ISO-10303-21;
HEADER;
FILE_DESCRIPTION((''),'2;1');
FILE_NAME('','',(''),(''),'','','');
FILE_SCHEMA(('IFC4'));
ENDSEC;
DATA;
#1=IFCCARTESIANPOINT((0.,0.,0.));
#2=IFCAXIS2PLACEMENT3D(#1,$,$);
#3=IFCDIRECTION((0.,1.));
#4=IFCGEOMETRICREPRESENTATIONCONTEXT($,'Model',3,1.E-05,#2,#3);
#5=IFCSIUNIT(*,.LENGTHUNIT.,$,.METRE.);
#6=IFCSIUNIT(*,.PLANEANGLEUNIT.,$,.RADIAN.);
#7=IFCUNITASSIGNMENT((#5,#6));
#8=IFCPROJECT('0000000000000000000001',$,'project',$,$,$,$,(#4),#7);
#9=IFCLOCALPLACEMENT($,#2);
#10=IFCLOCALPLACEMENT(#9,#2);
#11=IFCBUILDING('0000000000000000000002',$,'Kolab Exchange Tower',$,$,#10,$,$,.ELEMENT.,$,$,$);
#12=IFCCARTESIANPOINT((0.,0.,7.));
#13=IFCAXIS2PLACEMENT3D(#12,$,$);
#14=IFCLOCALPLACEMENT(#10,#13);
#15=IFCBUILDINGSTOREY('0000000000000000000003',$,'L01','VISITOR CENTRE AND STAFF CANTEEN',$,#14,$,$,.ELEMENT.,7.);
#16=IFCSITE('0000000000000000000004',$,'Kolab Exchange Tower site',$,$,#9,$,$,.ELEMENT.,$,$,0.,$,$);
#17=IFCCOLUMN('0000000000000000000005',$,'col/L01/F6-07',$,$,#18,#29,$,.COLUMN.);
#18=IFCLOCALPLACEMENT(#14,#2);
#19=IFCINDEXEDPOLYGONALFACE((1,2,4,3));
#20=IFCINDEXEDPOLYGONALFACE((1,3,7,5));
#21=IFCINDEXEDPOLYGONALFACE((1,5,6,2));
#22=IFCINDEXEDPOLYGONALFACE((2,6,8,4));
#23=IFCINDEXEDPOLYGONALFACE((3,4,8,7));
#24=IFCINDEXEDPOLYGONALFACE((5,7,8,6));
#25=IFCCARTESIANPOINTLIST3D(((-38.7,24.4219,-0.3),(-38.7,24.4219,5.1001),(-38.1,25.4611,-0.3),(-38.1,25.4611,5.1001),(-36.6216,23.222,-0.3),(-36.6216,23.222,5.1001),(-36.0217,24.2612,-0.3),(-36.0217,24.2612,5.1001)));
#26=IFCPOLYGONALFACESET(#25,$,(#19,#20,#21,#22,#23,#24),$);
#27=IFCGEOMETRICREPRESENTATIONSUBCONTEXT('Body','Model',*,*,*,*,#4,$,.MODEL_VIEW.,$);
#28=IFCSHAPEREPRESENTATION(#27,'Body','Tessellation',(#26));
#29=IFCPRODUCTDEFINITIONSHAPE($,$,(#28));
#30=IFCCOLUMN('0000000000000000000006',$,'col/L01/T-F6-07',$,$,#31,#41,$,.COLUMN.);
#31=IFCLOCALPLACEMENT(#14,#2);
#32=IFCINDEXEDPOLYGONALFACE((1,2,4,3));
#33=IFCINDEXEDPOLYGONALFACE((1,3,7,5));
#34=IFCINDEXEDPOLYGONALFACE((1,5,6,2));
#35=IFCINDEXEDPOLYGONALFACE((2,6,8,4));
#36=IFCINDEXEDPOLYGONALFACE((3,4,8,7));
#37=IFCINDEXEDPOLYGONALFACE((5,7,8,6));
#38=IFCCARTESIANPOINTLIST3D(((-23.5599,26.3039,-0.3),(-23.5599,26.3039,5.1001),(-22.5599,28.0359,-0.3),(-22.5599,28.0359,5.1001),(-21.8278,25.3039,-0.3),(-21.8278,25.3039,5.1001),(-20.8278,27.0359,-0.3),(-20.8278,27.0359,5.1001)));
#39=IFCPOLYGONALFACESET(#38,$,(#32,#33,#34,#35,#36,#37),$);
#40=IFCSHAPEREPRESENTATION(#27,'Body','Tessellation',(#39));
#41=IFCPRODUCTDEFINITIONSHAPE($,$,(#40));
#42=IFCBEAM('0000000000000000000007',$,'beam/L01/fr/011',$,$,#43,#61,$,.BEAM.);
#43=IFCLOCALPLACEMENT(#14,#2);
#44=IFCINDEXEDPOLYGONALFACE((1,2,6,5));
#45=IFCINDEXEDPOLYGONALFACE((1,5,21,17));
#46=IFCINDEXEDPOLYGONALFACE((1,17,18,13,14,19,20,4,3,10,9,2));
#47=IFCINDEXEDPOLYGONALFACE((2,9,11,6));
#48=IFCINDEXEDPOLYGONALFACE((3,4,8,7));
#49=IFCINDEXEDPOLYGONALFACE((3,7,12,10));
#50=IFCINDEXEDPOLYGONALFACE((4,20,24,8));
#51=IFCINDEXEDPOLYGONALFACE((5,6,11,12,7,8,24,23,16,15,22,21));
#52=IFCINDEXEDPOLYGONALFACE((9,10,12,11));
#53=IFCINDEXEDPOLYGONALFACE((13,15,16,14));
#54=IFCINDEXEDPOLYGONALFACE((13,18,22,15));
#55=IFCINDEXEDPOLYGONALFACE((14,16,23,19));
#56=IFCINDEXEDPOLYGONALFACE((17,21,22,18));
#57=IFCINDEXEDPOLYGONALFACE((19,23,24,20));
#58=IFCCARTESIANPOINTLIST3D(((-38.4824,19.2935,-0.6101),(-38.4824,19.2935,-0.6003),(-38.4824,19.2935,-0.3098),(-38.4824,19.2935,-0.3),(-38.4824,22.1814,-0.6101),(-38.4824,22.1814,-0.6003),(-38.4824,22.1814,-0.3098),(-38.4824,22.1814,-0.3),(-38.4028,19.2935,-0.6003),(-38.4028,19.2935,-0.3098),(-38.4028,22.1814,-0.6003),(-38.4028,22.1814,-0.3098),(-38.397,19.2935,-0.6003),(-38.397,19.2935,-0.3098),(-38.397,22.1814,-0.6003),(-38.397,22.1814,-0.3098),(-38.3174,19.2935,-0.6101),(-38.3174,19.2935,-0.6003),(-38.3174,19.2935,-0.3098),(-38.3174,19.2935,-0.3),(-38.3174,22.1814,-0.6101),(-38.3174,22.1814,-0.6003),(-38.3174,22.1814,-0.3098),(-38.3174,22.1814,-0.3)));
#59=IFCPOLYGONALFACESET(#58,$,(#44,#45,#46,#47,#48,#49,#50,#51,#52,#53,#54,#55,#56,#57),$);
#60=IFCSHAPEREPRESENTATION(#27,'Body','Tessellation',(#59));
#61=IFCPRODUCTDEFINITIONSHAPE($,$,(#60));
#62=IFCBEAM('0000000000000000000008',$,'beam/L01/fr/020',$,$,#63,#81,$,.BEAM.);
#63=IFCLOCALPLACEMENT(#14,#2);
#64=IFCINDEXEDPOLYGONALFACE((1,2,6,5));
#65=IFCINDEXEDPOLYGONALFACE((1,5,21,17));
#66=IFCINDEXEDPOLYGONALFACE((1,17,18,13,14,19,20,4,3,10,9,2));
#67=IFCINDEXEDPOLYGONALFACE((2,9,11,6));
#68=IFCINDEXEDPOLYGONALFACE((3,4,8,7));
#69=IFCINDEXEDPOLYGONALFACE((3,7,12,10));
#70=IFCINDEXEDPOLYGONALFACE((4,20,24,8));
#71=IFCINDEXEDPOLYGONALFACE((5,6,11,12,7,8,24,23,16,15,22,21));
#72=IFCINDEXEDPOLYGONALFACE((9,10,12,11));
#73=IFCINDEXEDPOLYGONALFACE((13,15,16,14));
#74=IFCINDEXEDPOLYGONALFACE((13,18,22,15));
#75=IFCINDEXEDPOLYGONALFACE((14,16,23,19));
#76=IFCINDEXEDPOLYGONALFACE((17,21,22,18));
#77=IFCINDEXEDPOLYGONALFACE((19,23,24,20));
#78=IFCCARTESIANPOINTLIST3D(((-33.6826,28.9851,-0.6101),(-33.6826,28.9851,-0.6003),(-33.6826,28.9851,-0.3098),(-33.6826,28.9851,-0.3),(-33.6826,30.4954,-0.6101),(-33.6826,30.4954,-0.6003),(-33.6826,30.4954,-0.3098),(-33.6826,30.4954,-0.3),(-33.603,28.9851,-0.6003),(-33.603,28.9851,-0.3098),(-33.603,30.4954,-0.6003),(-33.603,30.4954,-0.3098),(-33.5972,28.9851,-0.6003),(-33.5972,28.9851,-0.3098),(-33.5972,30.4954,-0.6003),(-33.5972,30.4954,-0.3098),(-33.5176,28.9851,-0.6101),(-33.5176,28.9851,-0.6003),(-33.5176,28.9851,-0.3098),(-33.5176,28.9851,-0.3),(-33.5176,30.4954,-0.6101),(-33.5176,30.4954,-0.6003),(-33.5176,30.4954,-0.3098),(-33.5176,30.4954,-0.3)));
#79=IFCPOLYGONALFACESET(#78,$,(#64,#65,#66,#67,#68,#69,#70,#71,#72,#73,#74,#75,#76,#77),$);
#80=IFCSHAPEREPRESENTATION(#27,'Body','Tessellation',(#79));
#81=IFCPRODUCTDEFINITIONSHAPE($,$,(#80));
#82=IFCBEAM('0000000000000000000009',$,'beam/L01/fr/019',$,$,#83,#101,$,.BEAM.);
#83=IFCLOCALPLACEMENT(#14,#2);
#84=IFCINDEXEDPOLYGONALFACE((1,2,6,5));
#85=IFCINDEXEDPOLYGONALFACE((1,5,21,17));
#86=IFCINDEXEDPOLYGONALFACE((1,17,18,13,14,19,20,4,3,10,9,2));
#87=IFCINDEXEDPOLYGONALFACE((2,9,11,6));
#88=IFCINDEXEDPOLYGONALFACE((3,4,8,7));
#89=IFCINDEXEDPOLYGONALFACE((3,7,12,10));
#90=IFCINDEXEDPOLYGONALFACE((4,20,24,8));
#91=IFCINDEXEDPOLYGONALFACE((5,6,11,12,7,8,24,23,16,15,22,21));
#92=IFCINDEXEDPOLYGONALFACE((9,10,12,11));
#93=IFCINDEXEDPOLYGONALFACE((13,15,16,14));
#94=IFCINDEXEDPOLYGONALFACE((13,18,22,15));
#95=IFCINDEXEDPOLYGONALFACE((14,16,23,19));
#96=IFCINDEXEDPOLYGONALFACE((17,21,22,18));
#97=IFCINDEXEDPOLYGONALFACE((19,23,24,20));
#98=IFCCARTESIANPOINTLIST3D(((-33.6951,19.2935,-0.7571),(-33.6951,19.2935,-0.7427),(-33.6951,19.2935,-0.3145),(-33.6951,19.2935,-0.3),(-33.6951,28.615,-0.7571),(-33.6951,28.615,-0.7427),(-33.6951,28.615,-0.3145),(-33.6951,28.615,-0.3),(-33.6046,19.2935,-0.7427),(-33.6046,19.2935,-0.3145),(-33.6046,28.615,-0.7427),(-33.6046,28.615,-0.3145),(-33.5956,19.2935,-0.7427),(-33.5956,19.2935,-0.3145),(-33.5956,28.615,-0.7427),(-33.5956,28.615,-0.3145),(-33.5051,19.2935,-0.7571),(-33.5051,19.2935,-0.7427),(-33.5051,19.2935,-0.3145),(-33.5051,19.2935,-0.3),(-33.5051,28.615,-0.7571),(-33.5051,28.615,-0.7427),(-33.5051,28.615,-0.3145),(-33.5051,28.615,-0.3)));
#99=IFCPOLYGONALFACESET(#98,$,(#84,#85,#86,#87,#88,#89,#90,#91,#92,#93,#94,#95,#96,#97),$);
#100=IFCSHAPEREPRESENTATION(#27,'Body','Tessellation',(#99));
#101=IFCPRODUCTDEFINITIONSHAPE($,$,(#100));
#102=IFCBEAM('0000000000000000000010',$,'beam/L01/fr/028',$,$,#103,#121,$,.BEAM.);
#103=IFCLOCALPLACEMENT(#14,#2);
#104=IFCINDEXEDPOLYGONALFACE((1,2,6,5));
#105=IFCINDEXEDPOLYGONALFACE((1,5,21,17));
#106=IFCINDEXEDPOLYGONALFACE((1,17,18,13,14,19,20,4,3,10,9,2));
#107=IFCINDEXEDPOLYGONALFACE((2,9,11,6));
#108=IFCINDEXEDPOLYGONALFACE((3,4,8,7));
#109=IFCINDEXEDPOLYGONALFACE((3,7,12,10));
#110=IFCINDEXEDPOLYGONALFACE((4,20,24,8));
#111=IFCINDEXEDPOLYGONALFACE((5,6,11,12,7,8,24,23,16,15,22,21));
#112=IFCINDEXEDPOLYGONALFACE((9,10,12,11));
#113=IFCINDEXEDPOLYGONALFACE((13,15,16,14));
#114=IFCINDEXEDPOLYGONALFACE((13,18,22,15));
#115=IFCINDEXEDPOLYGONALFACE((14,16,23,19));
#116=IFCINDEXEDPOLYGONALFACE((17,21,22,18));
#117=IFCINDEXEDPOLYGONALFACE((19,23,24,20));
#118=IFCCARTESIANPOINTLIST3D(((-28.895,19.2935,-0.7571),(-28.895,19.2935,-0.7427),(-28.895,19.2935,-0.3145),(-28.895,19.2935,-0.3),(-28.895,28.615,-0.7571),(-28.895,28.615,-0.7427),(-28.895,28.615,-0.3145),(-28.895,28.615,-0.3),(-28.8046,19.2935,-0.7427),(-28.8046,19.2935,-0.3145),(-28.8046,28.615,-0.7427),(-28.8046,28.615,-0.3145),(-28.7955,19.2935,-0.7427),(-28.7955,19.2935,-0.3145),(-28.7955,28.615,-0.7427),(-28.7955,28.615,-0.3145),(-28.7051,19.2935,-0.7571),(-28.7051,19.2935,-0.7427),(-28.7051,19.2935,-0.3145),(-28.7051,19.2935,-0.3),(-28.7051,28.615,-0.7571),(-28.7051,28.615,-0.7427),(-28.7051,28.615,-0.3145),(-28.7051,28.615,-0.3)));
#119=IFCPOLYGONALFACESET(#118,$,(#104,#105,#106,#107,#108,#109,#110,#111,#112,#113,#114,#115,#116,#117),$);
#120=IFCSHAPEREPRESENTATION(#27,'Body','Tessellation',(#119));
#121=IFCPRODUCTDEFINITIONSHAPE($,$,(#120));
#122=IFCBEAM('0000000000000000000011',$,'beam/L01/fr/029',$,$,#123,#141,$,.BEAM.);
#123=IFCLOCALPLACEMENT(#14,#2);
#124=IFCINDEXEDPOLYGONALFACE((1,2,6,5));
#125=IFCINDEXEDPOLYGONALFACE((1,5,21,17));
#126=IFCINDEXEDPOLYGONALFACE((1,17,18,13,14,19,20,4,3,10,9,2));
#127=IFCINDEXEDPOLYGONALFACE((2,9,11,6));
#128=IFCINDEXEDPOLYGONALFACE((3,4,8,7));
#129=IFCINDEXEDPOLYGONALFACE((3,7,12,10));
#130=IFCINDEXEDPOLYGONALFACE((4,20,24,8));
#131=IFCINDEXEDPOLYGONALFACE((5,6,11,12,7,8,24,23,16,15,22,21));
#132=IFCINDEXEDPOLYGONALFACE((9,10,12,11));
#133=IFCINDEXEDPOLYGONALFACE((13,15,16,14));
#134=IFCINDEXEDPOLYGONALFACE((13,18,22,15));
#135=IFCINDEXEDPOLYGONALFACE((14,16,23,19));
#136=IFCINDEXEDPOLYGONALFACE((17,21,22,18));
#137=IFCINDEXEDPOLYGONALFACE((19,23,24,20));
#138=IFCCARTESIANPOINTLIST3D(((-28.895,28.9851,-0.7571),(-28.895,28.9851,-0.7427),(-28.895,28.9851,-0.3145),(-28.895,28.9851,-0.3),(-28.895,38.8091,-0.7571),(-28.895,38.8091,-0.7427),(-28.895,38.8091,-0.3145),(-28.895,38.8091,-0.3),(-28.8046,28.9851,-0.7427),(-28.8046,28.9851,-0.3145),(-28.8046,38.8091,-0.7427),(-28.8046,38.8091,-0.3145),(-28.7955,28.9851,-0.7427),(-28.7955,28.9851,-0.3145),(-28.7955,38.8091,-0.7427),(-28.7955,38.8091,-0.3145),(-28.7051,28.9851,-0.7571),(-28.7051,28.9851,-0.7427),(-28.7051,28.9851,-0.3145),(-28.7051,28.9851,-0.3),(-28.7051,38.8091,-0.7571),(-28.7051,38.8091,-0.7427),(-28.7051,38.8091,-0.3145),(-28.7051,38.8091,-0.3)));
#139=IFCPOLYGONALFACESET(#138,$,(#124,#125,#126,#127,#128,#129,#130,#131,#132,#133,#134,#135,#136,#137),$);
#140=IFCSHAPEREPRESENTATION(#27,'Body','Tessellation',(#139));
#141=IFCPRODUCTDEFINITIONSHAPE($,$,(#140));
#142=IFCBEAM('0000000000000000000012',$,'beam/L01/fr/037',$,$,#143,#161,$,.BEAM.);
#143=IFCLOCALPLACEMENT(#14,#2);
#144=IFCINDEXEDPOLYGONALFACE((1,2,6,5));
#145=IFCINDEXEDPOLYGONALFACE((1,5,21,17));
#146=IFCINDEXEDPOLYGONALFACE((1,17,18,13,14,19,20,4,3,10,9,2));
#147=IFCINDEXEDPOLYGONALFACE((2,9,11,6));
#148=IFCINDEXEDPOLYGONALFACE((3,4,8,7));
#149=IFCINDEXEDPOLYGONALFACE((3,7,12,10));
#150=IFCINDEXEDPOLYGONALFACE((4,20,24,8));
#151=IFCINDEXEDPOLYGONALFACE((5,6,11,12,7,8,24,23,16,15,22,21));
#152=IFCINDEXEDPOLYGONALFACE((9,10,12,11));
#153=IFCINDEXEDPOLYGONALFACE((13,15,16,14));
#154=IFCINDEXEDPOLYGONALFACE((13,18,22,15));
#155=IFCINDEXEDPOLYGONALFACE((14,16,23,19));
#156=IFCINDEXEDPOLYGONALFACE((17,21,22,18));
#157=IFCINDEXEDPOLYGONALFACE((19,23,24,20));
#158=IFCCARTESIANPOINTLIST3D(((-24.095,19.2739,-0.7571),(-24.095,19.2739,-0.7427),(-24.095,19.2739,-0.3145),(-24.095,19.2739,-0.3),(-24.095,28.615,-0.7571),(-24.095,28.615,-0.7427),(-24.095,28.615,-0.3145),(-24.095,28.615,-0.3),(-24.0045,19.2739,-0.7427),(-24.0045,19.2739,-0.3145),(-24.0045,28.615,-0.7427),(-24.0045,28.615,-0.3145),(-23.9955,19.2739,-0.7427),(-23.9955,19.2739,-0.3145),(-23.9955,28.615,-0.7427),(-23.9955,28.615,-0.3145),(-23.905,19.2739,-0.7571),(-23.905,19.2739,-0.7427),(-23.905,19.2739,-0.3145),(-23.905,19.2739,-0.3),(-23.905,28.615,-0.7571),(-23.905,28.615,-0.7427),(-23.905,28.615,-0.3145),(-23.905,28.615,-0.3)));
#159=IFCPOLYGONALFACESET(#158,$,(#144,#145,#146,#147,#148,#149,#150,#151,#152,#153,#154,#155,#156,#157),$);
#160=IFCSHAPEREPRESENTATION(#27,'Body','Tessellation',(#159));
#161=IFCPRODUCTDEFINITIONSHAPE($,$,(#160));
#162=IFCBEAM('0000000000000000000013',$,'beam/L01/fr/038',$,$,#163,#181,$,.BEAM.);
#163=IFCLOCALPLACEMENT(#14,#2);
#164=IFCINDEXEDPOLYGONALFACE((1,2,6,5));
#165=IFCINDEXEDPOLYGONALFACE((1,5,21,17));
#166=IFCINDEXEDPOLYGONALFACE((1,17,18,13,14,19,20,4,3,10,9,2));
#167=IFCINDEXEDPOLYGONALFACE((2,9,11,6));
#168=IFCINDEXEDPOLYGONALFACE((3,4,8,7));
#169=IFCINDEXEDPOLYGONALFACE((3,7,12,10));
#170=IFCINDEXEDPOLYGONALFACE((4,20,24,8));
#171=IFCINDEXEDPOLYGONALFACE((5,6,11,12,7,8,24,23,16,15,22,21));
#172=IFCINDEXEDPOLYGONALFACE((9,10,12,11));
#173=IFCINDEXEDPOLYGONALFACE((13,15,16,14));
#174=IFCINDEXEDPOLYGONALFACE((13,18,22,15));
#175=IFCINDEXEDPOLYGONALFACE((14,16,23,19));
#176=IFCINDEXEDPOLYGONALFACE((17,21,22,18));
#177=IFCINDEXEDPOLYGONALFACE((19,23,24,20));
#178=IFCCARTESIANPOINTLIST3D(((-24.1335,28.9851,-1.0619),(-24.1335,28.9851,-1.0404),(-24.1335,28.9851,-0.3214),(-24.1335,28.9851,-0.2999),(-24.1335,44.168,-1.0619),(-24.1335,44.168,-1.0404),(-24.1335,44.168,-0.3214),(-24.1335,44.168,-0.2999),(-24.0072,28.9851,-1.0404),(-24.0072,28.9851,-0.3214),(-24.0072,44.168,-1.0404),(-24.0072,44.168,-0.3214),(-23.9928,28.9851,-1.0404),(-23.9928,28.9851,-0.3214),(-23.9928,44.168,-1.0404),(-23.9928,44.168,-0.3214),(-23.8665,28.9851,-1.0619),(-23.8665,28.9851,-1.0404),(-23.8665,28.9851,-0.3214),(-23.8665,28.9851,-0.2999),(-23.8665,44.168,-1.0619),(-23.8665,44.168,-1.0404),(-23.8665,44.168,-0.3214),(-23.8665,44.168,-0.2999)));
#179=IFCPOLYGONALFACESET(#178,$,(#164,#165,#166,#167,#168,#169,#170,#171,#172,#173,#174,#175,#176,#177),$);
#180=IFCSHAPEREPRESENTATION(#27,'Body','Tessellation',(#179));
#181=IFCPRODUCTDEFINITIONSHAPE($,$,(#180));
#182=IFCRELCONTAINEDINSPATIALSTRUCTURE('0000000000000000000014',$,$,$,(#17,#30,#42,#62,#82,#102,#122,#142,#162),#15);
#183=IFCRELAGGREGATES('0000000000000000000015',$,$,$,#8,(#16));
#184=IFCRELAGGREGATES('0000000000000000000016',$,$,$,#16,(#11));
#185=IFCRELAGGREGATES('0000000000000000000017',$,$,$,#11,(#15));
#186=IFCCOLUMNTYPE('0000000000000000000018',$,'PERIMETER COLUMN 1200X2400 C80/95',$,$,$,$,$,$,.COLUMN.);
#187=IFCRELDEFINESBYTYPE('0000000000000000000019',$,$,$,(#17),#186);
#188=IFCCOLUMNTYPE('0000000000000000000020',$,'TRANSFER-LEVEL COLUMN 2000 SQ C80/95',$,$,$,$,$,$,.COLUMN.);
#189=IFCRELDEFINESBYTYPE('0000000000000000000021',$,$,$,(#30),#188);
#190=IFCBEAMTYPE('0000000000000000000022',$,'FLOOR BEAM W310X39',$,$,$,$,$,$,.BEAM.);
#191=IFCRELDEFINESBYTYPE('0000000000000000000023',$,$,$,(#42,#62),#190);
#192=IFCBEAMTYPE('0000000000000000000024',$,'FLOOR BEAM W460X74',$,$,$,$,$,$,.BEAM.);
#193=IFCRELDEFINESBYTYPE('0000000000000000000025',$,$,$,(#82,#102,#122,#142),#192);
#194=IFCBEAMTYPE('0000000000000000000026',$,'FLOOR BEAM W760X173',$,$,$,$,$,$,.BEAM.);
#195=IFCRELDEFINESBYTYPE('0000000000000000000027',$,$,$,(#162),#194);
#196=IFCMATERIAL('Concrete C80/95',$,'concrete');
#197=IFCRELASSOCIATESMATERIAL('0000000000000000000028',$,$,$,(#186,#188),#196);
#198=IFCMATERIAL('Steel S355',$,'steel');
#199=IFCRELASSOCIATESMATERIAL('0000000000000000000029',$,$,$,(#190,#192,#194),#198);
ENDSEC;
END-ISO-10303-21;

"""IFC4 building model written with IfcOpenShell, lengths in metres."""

from ifc_helpers import new_model, si_unit, direction, frame, origin, origin_2d, place, context, subcontext, project, spatial, rectangle, i_section, extrude, material, material_profile, profile_set, type_object, element, save


model = new_model("IFC4")

# Units and contexts
model_context = context("Model", 3, precision=1e-05, world=origin(), true_north=direction((0.0, 1.0)))
body_context = subcontext(model_context, "Body", "Model", "MODEL_VIEW")
ifc_project = project(units=[si_unit("LENGTHUNIT", "METRE"), si_unit("PLANEANGLEUNIT", "RADIAN")], contexts=[model_context])

# Site, building, storey
site_placement = place(None, origin())
site = spatial("IfcSite", under=ifc_project, at=site_placement, Name="Kolab Exchange Tower site", CompositionType="ELEMENT", RefElevation=0.0)
building_placement = place(site_placement, origin())
building = spatial("IfcBuilding", under=site, at=building_placement, Name="Kolab Exchange Tower", CompositionType="ELEMENT")
storey_placement = place(building_placement, frame((0.0, 0.0, 7.0)))
storey = spatial("IfcBuildingStorey", under=building, at=storey_placement, Name="L01", Description="VISITOR CENTRE AND STAFF CANTEEN", CompositionType="ELEMENT", Elevation=7.0)

# Columns
ifc_material_1 = material(Name="Concrete C80/95", Category="concrete")
ifc_material_profile_1 = material_profile(ifc_material_1, rectangle(XDim=1.2, YDim=2.3999, at=origin_2d()), Name="RC1200X2400")
ifc_profile_set_1 = profile_set([ifc_material_profile_1], Name="Concrete C80/95")
column_type_1 = type_object("IfcColumnType", Name="PERIMETER COLUMN 1200X2400 C80/95", PredefinedType="COLUMN", material=ifc_profile_set_1)
column_1_placement = place(storey_placement, frame((-37.3608, 24.3416, -0.3), z_axis=(0.0, 0.0, 1.0), x_axis=(0.5, 0.866025, 0.0)))
element("IfcColumn", 1, at=column_1_placement, inside=storey, type_object=column_type_1, Name="col/L01/F6-07", PredefinedType="COLUMN", context=body_context, shape_type="SweptSolid", body=[
    extrude(rectangle(XDim=1.2, YDim=2.3999, at=origin_2d()), origin(), (0.0, 0.0, 1.0), 5.4001),
])
ifc_material_profile_2 = material_profile(ifc_material_1, rectangle(XDim=2.0, YDim=2.0, at=origin_2d()), Name="RC2000")
ifc_profile_set_2 = profile_set([ifc_material_profile_2], Name="Concrete C80/95")
column_type_2 = type_object("IfcColumnType", Name="TRANSFER-LEVEL COLUMN 2000 SQ C80/95", PredefinedType="COLUMN", material=ifc_profile_set_2)
column_2_placement = place(storey_placement, frame((-22.1938, 26.6699, -0.3), z_axis=(0.0, 0.0, 1.0), x_axis=(0.5, 0.866025, 0.0)))
element("IfcColumn", 2, at=column_2_placement, inside=storey, type_object=column_type_2, Name="col/L01/T-F6-07", PredefinedType="COLUMN", context=body_context, shape_type="SweptSolid", body=[
    extrude(rectangle(XDim=2.0, YDim=2.0, at=origin_2d()), origin(), (0.0, 0.0, 1.0), 5.4001),
])

# Beams
ifc_material_2 = material(Name="Steel S355", Category="steel")
ifc_material_profile_3 = material_profile(ifc_material_2, i_section(OverallWidth=0.165, OverallDepth=0.3101, WebThickness=0.0059, FlangeThickness=0.0098, at=origin_2d()), Name="W310X39")
ifc_profile_set_3 = profile_set([ifc_material_profile_3], Name="Steel S355")
beam_type_1 = type_object("IfcBeamType", Name="FLOOR BEAM W310X39", PredefinedType="BEAM", material=ifc_profile_set_3)
beam_1_placement = place(storey_placement, frame((-38.3999, 19.2935, -0.4551), z_axis=(0.0, 1.0, 0.0), x_axis=(-1.0, 0.0, 0.0)))
element("IfcBeam", 3, at=beam_1_placement, inside=storey, type_object=beam_type_1, Name="beam/L01/fr/011", PredefinedType="BEAM", context=body_context, shape_type="SweptSolid", body=[
    extrude(i_section(OverallWidth=0.165, OverallDepth=0.3101, WebThickness=0.0059, FlangeThickness=0.0098, at=origin_2d()), origin(), (0.0, 0.0, 1.0), 2.8879),
])
beam_2_placement = place(storey_placement, frame((-33.6001, 28.9851, -0.4551), z_axis=(0.0, 1.0, 0.0), x_axis=(-1.0, 0.0, 0.0)))
element("IfcBeam", 4, at=beam_2_placement, inside=storey, type_object=beam_type_1, Name="beam/L01/fr/020", PredefinedType="BEAM", context=body_context, shape_type="SweptSolid", body=[
    extrude(i_section(OverallWidth=0.165, OverallDepth=0.3101, WebThickness=0.0059, FlangeThickness=0.0098, at=origin_2d()), origin(), (0.0, 0.0, 1.0), 1.5103),
])
ifc_material_profile_4 = material_profile(ifc_material_2, i_section(OverallWidth=0.1899, OverallDepth=0.457, WebThickness=0.009, FlangeThickness=0.0144, at=origin_2d()), Name="W460X74")
ifc_profile_set_4 = profile_set([ifc_material_profile_4], Name="Steel S355")
beam_type_2 = type_object("IfcBeamType", Name="FLOOR BEAM W460X74", PredefinedType="BEAM", material=ifc_profile_set_4)
for number, where, z_axis, x_axis, name in (
    (5, (-33.6001, 19.2935, -0.5286), (0.0, 1.0, 0.0), (-1.0, 0.0, 0.0), "beam/L01/fr/019"),
    (6, (-28.8, 19.2935, -0.5286), (0.0, 1.0, 0.0), (-1.0, 0.0, 0.0), "beam/L01/fr/028"),
):
    element("IfcBeam", number, at=place(storey_placement, frame(where, z_axis=z_axis, x_axis=x_axis)), inside=storey, type_object=beam_type_2, Name=name, PredefinedType="BEAM", context=body_context, shape_type="SweptSolid", body=[
        extrude(i_section(OverallWidth=0.1899, OverallDepth=0.457, WebThickness=0.009, FlangeThickness=0.0144, at=origin_2d()), origin(), (0.0, 0.0, 1.0), 9.3215),
    ])
beam_3_placement = place(storey_placement, frame((-28.8, 28.9851, -0.5286), z_axis=(0.0, 1.0, 0.0), x_axis=(-1.0, 0.0, 0.0)))
element("IfcBeam", 7, at=beam_3_placement, inside=storey, type_object=beam_type_2, Name="beam/L01/fr/029", PredefinedType="BEAM", context=body_context, shape_type="SweptSolid", body=[
    extrude(i_section(OverallWidth=0.1899, OverallDepth=0.457, WebThickness=0.009, FlangeThickness=0.0144, at=origin_2d()), origin(), (0.0, 0.0, 1.0), 9.824),
])
beam_4_placement = place(storey_placement, frame((-24.0, 19.2739, -0.5286), z_axis=(0.0, 1.0, 0.0), x_axis=(-1.0, 0.0, 0.0)))
element("IfcBeam", 8, at=beam_4_placement, inside=storey, type_object=beam_type_2, Name="beam/L01/fr/037", PredefinedType="BEAM", context=body_context, shape_type="SweptSolid", body=[
    extrude(i_section(OverallWidth=0.1899, OverallDepth=0.457, WebThickness=0.009, FlangeThickness=0.0144, at=origin_2d()), origin(), (0.0, 0.0, 1.0), 9.3411),
])
ifc_material_profile_5 = material_profile(ifc_material_2, i_section(OverallWidth=0.2671, OverallDepth=0.762, WebThickness=0.0144, FlangeThickness=0.0215, at=origin_2d()), Name="W760X173")
ifc_profile_set_5 = profile_set([ifc_material_profile_5], Name="Steel S355")
beam_type_3 = type_object("IfcBeamType", Name="FLOOR BEAM W760X173", PredefinedType="BEAM", material=ifc_profile_set_5)
beam_5_placement = place(storey_placement, frame((-24.0, 28.9851, -0.6809), z_axis=(0.0, 1.0, 0.0), x_axis=(-1.0, 0.0, 0.0)))
element("IfcBeam", 9, at=beam_5_placement, inside=storey, type_object=beam_type_3, Name="beam/L01/fr/038", PredefinedType="BEAM", context=body_context, shape_type="SweptSolid", body=[
    extrude(i_section(OverallWidth=0.2671, OverallDepth=0.762, WebThickness=0.0144, FlangeThickness=0.0215, at=origin_2d()), origin(), (0.0, 0.0, 1.0), 15.1829),
])

save(model, "model.ifc")
